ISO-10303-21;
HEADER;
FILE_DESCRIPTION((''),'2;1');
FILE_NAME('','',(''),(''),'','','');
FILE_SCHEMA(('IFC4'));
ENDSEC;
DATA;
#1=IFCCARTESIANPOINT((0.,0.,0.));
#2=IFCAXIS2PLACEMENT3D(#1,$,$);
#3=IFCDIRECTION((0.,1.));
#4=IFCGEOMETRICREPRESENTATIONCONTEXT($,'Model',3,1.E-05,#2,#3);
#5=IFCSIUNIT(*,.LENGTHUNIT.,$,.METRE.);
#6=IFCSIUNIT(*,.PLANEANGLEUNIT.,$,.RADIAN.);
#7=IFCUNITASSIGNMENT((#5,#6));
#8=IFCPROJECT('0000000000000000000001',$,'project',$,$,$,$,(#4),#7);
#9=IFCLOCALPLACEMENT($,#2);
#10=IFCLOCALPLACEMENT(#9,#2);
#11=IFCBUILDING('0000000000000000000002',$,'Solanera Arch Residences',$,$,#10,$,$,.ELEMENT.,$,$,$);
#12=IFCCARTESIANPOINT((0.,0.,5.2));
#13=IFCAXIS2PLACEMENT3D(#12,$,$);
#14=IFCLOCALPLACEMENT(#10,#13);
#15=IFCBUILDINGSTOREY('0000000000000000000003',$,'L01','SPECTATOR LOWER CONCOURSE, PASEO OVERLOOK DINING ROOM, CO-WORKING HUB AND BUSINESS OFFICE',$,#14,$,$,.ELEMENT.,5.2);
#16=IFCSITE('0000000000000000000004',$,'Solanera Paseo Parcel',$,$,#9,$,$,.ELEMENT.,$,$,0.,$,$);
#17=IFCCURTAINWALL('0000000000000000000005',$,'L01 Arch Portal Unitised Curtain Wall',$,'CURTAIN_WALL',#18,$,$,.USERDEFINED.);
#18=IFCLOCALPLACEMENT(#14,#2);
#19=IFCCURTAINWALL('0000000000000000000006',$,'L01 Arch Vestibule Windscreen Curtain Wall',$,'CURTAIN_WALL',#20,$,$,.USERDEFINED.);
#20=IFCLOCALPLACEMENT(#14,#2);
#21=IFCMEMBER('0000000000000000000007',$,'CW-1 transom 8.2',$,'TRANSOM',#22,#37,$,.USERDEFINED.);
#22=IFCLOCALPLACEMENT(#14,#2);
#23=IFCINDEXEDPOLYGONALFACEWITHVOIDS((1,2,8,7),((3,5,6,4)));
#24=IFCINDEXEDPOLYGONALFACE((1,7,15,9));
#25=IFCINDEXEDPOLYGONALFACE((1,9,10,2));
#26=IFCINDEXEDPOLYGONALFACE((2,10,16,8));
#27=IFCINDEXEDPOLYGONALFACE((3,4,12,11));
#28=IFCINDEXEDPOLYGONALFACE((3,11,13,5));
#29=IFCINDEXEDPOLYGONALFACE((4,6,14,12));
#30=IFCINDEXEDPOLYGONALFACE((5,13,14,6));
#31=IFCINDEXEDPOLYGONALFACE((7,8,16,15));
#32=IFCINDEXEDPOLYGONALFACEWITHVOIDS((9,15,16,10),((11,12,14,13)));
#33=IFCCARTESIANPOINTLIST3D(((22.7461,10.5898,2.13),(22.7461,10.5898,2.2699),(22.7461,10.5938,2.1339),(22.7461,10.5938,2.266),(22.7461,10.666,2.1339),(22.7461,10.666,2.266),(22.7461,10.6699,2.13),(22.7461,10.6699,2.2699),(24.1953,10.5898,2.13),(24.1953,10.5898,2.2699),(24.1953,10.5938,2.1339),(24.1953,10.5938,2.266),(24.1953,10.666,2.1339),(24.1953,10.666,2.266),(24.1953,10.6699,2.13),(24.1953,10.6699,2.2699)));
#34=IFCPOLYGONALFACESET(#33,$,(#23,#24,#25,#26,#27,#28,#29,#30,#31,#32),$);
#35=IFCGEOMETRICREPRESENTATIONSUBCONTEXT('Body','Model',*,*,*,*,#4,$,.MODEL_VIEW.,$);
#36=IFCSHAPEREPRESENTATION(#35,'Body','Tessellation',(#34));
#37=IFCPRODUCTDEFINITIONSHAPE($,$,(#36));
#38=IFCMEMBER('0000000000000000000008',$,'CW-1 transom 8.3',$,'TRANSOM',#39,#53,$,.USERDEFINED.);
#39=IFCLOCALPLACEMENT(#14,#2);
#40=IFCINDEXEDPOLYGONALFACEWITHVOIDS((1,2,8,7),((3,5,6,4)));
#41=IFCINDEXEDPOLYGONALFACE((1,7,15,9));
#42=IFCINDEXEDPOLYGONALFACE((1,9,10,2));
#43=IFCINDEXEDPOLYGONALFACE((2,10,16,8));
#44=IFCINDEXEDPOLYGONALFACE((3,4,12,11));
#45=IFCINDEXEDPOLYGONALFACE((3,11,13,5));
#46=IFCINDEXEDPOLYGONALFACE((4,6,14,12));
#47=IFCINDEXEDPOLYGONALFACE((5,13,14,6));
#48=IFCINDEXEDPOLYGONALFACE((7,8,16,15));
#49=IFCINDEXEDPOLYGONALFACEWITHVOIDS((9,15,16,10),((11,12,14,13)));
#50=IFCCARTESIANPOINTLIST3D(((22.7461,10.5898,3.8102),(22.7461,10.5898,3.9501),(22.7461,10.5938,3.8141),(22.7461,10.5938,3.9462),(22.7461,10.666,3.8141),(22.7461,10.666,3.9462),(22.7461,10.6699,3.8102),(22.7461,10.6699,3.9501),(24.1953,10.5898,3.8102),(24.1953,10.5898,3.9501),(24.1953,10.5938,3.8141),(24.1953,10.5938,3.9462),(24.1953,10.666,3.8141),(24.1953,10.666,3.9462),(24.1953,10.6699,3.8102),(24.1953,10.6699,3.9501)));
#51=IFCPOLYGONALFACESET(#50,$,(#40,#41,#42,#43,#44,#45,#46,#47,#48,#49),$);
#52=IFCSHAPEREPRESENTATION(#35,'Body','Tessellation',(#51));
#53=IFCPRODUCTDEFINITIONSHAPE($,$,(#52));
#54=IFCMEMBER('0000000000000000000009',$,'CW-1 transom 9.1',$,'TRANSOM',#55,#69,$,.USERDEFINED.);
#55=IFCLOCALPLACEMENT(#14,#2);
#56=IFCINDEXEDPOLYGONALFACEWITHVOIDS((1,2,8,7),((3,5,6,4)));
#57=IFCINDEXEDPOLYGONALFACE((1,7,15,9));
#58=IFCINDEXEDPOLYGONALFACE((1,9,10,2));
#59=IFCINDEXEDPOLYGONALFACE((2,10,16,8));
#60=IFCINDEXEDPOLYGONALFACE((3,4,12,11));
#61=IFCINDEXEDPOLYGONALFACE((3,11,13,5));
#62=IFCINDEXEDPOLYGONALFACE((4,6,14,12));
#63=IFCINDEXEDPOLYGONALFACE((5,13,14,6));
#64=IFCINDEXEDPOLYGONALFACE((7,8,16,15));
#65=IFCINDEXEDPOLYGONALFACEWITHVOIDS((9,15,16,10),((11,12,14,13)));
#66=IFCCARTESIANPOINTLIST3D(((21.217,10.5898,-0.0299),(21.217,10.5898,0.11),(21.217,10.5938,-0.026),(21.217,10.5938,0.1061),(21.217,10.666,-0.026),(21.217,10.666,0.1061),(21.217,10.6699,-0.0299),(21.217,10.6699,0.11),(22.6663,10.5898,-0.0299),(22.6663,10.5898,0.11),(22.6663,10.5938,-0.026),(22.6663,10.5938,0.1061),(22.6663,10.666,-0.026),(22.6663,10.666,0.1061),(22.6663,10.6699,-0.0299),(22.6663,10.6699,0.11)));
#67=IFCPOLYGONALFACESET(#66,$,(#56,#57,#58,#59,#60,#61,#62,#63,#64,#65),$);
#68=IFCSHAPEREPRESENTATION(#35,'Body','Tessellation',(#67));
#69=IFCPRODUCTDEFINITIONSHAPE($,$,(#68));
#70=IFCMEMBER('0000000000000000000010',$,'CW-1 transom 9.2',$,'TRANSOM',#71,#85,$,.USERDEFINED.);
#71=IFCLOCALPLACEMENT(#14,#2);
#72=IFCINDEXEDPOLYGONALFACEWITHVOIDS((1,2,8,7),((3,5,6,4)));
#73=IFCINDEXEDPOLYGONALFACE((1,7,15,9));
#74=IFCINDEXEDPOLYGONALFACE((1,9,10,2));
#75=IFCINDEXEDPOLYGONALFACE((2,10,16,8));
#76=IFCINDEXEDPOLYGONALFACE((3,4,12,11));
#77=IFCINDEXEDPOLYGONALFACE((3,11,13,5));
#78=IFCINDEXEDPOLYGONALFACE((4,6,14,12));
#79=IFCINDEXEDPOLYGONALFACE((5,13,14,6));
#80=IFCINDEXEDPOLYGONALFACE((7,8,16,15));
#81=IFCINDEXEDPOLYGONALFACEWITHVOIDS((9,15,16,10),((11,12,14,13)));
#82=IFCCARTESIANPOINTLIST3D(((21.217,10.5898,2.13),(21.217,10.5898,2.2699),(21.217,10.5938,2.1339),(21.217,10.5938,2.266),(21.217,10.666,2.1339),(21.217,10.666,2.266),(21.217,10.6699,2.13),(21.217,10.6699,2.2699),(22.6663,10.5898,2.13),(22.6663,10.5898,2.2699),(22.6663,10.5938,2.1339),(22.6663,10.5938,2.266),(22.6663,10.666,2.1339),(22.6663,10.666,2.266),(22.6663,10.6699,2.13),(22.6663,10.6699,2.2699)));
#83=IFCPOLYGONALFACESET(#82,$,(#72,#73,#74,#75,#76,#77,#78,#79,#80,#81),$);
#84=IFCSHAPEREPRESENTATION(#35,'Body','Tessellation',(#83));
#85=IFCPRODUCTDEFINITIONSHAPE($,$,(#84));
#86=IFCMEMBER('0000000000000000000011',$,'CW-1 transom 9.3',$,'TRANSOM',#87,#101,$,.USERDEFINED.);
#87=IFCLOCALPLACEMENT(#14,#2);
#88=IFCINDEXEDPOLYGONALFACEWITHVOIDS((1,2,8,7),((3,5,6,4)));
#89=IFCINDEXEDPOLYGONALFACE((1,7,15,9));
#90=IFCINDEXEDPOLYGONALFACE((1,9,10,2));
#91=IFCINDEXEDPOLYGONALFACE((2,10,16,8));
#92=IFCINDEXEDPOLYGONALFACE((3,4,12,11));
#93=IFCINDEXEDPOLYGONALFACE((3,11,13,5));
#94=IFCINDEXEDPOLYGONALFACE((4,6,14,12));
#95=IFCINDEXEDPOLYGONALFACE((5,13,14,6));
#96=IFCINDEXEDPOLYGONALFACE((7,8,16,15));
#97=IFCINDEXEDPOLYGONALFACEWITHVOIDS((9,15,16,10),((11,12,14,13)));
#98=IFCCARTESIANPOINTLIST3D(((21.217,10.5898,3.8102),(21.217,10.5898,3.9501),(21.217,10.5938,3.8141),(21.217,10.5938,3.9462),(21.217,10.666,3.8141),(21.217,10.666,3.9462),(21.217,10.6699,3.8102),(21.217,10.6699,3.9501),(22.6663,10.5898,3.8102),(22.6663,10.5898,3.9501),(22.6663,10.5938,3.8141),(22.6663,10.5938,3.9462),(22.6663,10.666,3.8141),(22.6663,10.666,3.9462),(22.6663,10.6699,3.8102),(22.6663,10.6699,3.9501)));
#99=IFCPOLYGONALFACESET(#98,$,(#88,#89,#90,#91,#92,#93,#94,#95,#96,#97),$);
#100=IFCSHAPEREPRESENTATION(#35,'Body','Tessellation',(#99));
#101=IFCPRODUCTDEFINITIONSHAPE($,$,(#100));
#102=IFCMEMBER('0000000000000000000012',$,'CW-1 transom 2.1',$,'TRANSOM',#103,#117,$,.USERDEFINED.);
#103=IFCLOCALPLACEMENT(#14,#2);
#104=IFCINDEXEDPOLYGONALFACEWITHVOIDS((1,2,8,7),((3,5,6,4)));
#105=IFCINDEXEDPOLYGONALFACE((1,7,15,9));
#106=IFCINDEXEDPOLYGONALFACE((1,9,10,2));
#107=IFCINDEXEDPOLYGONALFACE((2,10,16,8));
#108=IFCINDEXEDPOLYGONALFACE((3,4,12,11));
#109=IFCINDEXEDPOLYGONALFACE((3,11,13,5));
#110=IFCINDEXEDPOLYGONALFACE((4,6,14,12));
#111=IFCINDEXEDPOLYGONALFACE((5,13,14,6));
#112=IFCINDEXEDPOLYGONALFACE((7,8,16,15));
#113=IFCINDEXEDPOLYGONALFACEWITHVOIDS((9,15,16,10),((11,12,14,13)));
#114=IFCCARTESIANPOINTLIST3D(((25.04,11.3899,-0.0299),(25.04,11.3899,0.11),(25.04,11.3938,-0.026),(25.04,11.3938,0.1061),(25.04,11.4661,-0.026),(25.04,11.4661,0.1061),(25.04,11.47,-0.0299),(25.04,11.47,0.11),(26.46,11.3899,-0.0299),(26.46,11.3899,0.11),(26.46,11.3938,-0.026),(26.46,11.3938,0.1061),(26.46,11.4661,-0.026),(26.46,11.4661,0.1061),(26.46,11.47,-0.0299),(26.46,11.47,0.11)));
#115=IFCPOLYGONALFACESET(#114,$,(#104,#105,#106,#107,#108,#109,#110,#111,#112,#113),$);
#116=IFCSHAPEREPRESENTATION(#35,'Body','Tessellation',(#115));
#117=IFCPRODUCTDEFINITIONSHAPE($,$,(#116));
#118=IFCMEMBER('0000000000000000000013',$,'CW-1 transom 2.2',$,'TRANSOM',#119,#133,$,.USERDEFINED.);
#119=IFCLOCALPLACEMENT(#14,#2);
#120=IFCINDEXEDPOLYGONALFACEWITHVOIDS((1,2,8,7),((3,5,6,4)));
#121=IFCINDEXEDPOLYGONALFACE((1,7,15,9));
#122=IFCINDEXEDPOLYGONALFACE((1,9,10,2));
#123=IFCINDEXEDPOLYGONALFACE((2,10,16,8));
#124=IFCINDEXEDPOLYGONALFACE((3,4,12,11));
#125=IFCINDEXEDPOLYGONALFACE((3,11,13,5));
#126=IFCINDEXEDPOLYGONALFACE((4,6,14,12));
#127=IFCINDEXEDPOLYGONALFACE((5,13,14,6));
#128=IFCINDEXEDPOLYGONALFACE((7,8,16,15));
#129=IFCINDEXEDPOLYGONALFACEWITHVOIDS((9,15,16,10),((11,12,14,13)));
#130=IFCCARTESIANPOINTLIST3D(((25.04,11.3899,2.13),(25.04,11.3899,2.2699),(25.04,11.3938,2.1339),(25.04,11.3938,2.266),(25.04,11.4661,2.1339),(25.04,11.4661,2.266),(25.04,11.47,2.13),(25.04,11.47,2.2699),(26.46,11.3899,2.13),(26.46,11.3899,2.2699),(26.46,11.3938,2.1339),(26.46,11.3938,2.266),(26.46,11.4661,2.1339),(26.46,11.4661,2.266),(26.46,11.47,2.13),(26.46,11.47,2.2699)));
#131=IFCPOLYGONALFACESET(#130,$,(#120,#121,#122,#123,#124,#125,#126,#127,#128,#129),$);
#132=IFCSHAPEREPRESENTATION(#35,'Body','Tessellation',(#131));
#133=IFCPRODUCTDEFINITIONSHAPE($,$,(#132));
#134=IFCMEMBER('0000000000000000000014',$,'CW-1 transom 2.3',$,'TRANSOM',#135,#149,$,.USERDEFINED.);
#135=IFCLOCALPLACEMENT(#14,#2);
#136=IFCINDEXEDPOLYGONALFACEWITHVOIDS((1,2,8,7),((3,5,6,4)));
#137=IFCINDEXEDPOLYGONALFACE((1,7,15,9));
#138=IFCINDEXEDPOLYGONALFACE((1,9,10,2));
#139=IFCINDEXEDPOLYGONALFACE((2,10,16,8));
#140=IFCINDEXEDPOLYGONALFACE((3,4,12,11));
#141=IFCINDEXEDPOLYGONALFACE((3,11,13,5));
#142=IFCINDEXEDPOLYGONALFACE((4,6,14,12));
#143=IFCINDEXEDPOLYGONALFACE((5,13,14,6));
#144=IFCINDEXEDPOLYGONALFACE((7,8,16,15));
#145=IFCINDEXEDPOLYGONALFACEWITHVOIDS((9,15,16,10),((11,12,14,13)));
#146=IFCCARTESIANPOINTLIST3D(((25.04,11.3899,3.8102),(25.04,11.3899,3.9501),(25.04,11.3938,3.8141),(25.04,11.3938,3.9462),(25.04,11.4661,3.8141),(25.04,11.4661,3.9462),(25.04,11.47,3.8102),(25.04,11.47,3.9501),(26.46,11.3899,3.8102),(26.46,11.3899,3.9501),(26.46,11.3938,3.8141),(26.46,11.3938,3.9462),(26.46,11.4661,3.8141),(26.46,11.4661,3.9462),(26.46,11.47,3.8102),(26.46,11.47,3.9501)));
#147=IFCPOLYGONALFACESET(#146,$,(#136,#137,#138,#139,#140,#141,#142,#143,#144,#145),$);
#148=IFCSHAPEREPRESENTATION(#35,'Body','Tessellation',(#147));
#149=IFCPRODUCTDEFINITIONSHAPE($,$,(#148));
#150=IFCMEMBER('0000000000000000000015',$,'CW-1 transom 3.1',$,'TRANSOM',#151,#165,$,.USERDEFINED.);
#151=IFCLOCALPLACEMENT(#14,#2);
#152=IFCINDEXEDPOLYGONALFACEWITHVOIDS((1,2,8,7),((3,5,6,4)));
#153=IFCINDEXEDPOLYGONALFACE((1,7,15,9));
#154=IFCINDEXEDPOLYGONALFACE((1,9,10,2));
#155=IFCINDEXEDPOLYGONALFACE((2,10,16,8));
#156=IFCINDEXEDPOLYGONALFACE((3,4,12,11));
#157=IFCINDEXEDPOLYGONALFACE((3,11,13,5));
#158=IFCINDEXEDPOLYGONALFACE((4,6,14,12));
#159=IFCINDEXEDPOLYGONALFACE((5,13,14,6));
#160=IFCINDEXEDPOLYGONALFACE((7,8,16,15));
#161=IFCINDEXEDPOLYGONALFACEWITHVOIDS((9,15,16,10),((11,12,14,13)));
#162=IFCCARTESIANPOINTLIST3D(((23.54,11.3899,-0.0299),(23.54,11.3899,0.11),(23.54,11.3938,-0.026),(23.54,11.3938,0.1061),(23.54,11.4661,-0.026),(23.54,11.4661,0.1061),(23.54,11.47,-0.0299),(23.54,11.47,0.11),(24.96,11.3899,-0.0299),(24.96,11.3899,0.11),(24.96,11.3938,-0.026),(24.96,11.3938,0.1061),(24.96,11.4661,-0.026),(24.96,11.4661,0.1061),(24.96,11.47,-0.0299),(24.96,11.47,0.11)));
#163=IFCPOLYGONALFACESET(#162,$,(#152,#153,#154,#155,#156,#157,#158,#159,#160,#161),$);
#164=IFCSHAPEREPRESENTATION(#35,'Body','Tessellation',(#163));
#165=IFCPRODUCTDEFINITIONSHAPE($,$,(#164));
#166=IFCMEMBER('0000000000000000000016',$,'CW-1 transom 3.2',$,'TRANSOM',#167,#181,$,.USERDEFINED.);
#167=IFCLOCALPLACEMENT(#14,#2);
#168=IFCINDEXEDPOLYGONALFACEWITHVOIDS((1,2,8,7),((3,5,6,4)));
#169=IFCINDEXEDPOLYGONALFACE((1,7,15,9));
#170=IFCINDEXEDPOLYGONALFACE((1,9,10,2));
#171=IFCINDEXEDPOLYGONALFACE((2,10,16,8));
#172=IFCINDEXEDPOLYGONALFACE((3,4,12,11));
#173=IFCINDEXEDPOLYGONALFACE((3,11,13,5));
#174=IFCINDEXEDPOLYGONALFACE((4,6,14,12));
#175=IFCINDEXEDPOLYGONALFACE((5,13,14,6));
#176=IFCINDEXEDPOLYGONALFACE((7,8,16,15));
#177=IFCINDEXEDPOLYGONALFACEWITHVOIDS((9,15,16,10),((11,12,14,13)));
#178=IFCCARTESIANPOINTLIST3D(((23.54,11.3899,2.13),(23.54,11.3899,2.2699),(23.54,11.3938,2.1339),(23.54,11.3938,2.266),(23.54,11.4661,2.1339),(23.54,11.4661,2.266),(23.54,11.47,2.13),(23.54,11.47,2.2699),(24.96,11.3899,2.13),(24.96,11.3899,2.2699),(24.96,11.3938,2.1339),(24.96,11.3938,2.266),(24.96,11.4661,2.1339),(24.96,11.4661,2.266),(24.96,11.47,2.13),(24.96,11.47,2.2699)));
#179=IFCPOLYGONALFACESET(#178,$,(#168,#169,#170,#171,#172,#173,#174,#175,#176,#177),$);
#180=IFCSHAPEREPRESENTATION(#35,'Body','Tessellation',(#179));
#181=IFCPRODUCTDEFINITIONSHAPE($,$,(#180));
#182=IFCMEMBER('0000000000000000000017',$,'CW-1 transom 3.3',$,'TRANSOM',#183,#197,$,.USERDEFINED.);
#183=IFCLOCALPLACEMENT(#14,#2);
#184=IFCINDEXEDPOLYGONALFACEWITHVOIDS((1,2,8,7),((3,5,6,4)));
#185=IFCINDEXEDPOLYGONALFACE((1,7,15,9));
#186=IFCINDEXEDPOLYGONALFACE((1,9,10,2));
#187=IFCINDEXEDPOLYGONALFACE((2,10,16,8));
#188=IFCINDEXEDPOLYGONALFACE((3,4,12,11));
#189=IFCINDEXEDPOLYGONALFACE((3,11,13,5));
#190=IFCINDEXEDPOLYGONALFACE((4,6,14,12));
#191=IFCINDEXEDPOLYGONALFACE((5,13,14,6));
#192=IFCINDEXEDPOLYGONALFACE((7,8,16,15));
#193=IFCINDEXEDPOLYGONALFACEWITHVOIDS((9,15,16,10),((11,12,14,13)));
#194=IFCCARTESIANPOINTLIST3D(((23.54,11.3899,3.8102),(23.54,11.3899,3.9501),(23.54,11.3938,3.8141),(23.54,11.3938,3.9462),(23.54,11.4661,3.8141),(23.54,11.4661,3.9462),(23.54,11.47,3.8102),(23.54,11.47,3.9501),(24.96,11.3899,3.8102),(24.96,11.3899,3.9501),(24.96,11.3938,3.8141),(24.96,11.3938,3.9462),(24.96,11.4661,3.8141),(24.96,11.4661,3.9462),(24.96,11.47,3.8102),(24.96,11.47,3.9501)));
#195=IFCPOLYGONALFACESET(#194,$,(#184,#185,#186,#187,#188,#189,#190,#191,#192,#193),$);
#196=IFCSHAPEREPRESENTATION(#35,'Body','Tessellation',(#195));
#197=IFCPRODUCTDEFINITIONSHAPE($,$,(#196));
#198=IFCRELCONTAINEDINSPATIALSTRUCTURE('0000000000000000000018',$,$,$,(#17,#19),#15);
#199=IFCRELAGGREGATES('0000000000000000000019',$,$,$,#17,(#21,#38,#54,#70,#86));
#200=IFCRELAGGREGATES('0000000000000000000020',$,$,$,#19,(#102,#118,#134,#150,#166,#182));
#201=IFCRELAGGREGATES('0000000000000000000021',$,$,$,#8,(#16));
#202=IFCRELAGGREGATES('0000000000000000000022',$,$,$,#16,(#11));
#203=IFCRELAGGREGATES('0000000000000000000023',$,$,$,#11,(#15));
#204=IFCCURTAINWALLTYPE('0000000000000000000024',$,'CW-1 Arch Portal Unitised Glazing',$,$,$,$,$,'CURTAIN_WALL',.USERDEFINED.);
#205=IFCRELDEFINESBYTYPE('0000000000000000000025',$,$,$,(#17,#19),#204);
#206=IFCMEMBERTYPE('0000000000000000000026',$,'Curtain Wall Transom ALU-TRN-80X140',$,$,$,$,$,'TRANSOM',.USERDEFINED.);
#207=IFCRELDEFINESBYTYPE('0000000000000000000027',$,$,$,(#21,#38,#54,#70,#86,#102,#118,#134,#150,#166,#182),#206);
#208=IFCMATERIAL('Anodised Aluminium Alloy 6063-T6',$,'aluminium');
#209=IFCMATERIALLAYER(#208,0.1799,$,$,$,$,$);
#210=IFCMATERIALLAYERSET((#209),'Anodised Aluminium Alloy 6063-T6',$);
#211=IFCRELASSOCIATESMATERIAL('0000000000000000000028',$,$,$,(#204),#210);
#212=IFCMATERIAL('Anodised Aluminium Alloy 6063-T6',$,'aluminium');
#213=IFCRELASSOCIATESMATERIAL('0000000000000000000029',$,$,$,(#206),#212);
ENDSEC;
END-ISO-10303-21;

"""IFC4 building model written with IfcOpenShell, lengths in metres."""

from ifc_helpers import new_model, si_unit, direction, frame, origin, origin_2d, place, context, subcontext, project, spatial, hollow_rectangle, extrude, material, layer, layer_set, material_profile, profile_set, type_object, element, aggregate, save


model = new_model("IFC4")

# Units and contexts
model_context = context("Model", 3, precision=1e-05, world=origin(), true_north=direction((0.0, 1.0)))
body_context = subcontext(model_context, "Body", "Model", "MODEL_VIEW")
ifc_project = project(units=[si_unit("LENGTHUNIT", "METRE"), si_unit("PLANEANGLEUNIT", "RADIAN")], contexts=[model_context])

# Site, building, storey
site_placement = place(None, origin())
site = spatial("IfcSite", under=ifc_project, at=site_placement, Name="Solanera Paseo Parcel", CompositionType="ELEMENT", RefElevation=0.0)
building_placement = place(site_placement, origin())
building = spatial("IfcBuilding", under=site, at=building_placement, Name="Solanera Arch Residences", CompositionType="ELEMENT")
storey_placement = place(building_placement, frame((0.0, 0.0, 5.2)))
storey = spatial("IfcBuildingStorey", under=building, at=storey_placement, Name="L01", Description="SPECTATOR LOWER CONCOURSE, PASEO OVERLOOK DINING ROOM, CO-WORKING HUB AND BUSINESS OFFICE", CompositionType="ELEMENT", Elevation=5.2)

# Curtain walls
ifc_material_1 = material(Name="Anodised Aluminium Alloy 6063-T6", Category="aluminium")
ifc_layer_1 = layer(ifc_material_1, 0.1799)
ifc_layer_set_1 = layer_set([ifc_layer_1], Name="Anodised Aluminium Alloy 6063-T6")
curtain_wall_type = type_object("IfcCurtainWallType", Name="CW-1 Arch Portal Unitised Glazing", ElementType="CURTAIN_WALL", PredefinedType="USERDEFINED", material=ifc_layer_set_1)
curtain_wall_1_placement = place(storey_placement, origin())
curtain_wall_1 = element("IfcCurtainWall", 1, at=curtain_wall_1_placement, inside=storey, type_object=curtain_wall_type, Name="L01 Arch Portal Unitised Curtain Wall", ObjectType="CURTAIN_WALL", PredefinedType="USERDEFINED")
curtain_wall_2_placement = place(storey_placement, origin())
curtain_wall_2 = element("IfcCurtainWall", 2, at=curtain_wall_2_placement, inside=storey, type_object=curtain_wall_type, Name="L01 Arch Vestibule Windscreen Curtain Wall", ObjectType="CURTAIN_WALL", PredefinedType="USERDEFINED")

# Members
ifc_material_2 = material(Name="Anodised Aluminium Alloy 6063-T6", Category="aluminium")
ifc_material_profile_1 = material_profile(ifc_material_2, hollow_rectangle(XDim=0.0801, YDim=0.1399, WallThickness=0.0039, at=origin_2d()))
ifc_profile_set_1 = profile_set([ifc_material_profile_1], Name="Anodised Aluminium Alloy 6063-T6")
member_type_1 = type_object("IfcMemberType", Name="Curtain Wall Transom ALU-TRN-80X140", ElementType="TRANSOM", PredefinedType="USERDEFINED", material=ifc_profile_set_1)
member_1_placement = place(storey_placement, frame((24.1953, 10.6299, 2.2), z_axis=(-1.0, 0.0, 0.0), x_axis=(0.0, -1.0, 0.0)))
member_1 = element("IfcMember", 3, at=member_1_placement, type_object=member_type_1, Name="CW-1 transom 8.2", ObjectType="TRANSOM", PredefinedType="USERDEFINED", context=body_context, shape_type="SweptSolid", body=[
    extrude(hollow_rectangle(XDim=0.0801, YDim=0.1399, WallThickness=0.0039, at=origin_2d()), origin(), (0.0, 0.0, 1.0), 1.4492),
])
member_2_placement = place(storey_placement, frame((24.1953, 10.6299, 3.8801), z_axis=(-1.0, 0.0, 0.0), x_axis=(0.0, -1.0, 0.0)))
member_2 = element("IfcMember", 4, at=member_2_placement, type_object=member_type_1, Name="CW-1 transom 8.3", ObjectType="TRANSOM", PredefinedType="USERDEFINED", context=body_context, shape_type="SweptSolid", body=[
    extrude(hollow_rectangle(XDim=0.0801, YDim=0.1399, WallThickness=0.0039, at=origin_2d()), origin(), (0.0, 0.0, 1.0), 1.4492),
])
member_3_placement = place(storey_placement, frame((22.6663, 10.6299, 0.04), z_axis=(-1.0, 0.0, 0.0), x_axis=(0.0, -1.0, 0.0)))
member_3 = element("IfcMember", 5, at=member_3_placement, type_object=member_type_1, Name="CW-1 transom 9.1", ObjectType="TRANSOM", PredefinedType="USERDEFINED", context=body_context, shape_type="SweptSolid", body=[
    extrude(hollow_rectangle(XDim=0.0801, YDim=0.1399, WallThickness=0.0039, at=origin_2d()), origin(), (0.0, 0.0, 1.0), 1.4492),
])
member_4_placement = place(storey_placement, frame((22.6663, 10.6299, 2.2), z_axis=(-1.0, 0.0, 0.0), x_axis=(0.0, -1.0, 0.0)))
member_4 = element("IfcMember", 6, at=member_4_placement, type_object=member_type_1, Name="CW-1 transom 9.2", ObjectType="TRANSOM", PredefinedType="USERDEFINED", context=body_context, shape_type="SweptSolid", body=[
    extrude(hollow_rectangle(XDim=0.0801, YDim=0.1399, WallThickness=0.0039, at=origin_2d()), origin(), (0.0, 0.0, 1.0), 1.4492),
])
member_5_placement = place(storey_placement, frame((22.6663, 10.6299, 3.8801), z_axis=(-1.0, 0.0, 0.0), x_axis=(0.0, -1.0, 0.0)))
member_5 = element("IfcMember", 7, at=member_5_placement, type_object=member_type_1, Name="CW-1 transom 9.3", ObjectType="TRANSOM", PredefinedType="USERDEFINED", context=body_context, shape_type="SweptSolid", body=[
    extrude(hollow_rectangle(XDim=0.0801, YDim=0.1399, WallThickness=0.0039, at=origin_2d()), origin(), (0.0, 0.0, 1.0), 1.4492),
])
member_6_placement = place(storey_placement, frame((26.46, 11.4299, 0.04), z_axis=(-1.0, 0.0, 0.0), x_axis=(0.0, -1.0, 0.0)))
member_6 = element("IfcMember", 8, at=member_6_placement, type_object=member_type_1, Name="CW-1 transom 2.1", ObjectType="TRANSOM", PredefinedType="USERDEFINED", context=body_context, shape_type="SweptSolid", body=[
    extrude(hollow_rectangle(XDim=0.0801, YDim=0.1399, WallThickness=0.0039, at=origin_2d()), origin(), (0.0, 0.0, 1.0), 1.4199),
])
member_7_placement = place(storey_placement, frame((26.46, 11.4299, 2.2), z_axis=(-1.0, 0.0, 0.0), x_axis=(0.0, -1.0, 0.0)))
member_7 = element("IfcMember", 9, at=member_7_placement, type_object=member_type_1, Name="CW-1 transom 2.2", ObjectType="TRANSOM", PredefinedType="USERDEFINED", context=body_context, shape_type="SweptSolid", body=[
    extrude(hollow_rectangle(XDim=0.0801, YDim=0.1399, WallThickness=0.0039, at=origin_2d()), origin(), (0.0, 0.0, 1.0), 1.4199),
])
member_8_placement = place(storey_placement, frame((26.46, 11.4299, 3.8801), z_axis=(-1.0, 0.0, 0.0), x_axis=(0.0, -1.0, 0.0)))
member_8 = element("IfcMember", 10, at=member_8_placement, type_object=member_type_1, Name="CW-1 transom 2.3", ObjectType="TRANSOM", PredefinedType="USERDEFINED", context=body_context, shape_type="SweptSolid", body=[
    extrude(hollow_rectangle(XDim=0.0801, YDim=0.1399, WallThickness=0.0039, at=origin_2d()), origin(), (0.0, 0.0, 1.0), 1.4199),
])
member_9_placement = place(storey_placement, frame((24.96, 11.4299, 0.04), z_axis=(-1.0, 0.0, 0.0), x_axis=(0.0, -1.0, 0.0)))
member_9 = element("IfcMember", 11, at=member_9_placement, type_object=member_type_1, Name="CW-1 transom 3.1", ObjectType="TRANSOM", PredefinedType="USERDEFINED", context=body_context, shape_type="SweptSolid", body=[
    extrude(hollow_rectangle(XDim=0.0801, YDim=0.1399, WallThickness=0.0039, at=origin_2d()), origin(), (0.0, 0.0, 1.0), 1.4199),
])
member_10_placement = place(storey_placement, frame((24.96, 11.4299, 2.2), z_axis=(-1.0, 0.0, 0.0), x_axis=(0.0, -1.0, 0.0)))
member_10 = element("IfcMember", 12, at=member_10_placement, type_object=member_type_1, Name="CW-1 transom 3.2", ObjectType="TRANSOM", PredefinedType="USERDEFINED", context=body_context, shape_type="SweptSolid", body=[
    extrude(hollow_rectangle(XDim=0.0801, YDim=0.1399, WallThickness=0.0039, at=origin_2d()), origin(), (0.0, 0.0, 1.0), 1.4199),
])
member_11_placement = place(storey_placement, frame((24.96, 11.4299, 3.8801), z_axis=(-1.0, 0.0, 0.0), x_axis=(0.0, -1.0, 0.0)))
member_11 = element("IfcMember", 13, at=member_11_placement, type_object=member_type_1, Name="CW-1 transom 3.3", ObjectType="TRANSOM", PredefinedType="USERDEFINED", context=body_context, shape_type="SweptSolid", body=[
    extrude(hollow_rectangle(XDim=0.0801, YDim=0.1399, WallThickness=0.0039, at=origin_2d()), origin(), (0.0, 0.0, 1.0), 1.4199),
])

aggregate(curtain_wall_1, [member_1, member_2, member_3, member_4, member_5])
aggregate(curtain_wall_2, [member_6, member_7, member_8, member_9, member_10, member_11])

save(model, "model.ifc")
